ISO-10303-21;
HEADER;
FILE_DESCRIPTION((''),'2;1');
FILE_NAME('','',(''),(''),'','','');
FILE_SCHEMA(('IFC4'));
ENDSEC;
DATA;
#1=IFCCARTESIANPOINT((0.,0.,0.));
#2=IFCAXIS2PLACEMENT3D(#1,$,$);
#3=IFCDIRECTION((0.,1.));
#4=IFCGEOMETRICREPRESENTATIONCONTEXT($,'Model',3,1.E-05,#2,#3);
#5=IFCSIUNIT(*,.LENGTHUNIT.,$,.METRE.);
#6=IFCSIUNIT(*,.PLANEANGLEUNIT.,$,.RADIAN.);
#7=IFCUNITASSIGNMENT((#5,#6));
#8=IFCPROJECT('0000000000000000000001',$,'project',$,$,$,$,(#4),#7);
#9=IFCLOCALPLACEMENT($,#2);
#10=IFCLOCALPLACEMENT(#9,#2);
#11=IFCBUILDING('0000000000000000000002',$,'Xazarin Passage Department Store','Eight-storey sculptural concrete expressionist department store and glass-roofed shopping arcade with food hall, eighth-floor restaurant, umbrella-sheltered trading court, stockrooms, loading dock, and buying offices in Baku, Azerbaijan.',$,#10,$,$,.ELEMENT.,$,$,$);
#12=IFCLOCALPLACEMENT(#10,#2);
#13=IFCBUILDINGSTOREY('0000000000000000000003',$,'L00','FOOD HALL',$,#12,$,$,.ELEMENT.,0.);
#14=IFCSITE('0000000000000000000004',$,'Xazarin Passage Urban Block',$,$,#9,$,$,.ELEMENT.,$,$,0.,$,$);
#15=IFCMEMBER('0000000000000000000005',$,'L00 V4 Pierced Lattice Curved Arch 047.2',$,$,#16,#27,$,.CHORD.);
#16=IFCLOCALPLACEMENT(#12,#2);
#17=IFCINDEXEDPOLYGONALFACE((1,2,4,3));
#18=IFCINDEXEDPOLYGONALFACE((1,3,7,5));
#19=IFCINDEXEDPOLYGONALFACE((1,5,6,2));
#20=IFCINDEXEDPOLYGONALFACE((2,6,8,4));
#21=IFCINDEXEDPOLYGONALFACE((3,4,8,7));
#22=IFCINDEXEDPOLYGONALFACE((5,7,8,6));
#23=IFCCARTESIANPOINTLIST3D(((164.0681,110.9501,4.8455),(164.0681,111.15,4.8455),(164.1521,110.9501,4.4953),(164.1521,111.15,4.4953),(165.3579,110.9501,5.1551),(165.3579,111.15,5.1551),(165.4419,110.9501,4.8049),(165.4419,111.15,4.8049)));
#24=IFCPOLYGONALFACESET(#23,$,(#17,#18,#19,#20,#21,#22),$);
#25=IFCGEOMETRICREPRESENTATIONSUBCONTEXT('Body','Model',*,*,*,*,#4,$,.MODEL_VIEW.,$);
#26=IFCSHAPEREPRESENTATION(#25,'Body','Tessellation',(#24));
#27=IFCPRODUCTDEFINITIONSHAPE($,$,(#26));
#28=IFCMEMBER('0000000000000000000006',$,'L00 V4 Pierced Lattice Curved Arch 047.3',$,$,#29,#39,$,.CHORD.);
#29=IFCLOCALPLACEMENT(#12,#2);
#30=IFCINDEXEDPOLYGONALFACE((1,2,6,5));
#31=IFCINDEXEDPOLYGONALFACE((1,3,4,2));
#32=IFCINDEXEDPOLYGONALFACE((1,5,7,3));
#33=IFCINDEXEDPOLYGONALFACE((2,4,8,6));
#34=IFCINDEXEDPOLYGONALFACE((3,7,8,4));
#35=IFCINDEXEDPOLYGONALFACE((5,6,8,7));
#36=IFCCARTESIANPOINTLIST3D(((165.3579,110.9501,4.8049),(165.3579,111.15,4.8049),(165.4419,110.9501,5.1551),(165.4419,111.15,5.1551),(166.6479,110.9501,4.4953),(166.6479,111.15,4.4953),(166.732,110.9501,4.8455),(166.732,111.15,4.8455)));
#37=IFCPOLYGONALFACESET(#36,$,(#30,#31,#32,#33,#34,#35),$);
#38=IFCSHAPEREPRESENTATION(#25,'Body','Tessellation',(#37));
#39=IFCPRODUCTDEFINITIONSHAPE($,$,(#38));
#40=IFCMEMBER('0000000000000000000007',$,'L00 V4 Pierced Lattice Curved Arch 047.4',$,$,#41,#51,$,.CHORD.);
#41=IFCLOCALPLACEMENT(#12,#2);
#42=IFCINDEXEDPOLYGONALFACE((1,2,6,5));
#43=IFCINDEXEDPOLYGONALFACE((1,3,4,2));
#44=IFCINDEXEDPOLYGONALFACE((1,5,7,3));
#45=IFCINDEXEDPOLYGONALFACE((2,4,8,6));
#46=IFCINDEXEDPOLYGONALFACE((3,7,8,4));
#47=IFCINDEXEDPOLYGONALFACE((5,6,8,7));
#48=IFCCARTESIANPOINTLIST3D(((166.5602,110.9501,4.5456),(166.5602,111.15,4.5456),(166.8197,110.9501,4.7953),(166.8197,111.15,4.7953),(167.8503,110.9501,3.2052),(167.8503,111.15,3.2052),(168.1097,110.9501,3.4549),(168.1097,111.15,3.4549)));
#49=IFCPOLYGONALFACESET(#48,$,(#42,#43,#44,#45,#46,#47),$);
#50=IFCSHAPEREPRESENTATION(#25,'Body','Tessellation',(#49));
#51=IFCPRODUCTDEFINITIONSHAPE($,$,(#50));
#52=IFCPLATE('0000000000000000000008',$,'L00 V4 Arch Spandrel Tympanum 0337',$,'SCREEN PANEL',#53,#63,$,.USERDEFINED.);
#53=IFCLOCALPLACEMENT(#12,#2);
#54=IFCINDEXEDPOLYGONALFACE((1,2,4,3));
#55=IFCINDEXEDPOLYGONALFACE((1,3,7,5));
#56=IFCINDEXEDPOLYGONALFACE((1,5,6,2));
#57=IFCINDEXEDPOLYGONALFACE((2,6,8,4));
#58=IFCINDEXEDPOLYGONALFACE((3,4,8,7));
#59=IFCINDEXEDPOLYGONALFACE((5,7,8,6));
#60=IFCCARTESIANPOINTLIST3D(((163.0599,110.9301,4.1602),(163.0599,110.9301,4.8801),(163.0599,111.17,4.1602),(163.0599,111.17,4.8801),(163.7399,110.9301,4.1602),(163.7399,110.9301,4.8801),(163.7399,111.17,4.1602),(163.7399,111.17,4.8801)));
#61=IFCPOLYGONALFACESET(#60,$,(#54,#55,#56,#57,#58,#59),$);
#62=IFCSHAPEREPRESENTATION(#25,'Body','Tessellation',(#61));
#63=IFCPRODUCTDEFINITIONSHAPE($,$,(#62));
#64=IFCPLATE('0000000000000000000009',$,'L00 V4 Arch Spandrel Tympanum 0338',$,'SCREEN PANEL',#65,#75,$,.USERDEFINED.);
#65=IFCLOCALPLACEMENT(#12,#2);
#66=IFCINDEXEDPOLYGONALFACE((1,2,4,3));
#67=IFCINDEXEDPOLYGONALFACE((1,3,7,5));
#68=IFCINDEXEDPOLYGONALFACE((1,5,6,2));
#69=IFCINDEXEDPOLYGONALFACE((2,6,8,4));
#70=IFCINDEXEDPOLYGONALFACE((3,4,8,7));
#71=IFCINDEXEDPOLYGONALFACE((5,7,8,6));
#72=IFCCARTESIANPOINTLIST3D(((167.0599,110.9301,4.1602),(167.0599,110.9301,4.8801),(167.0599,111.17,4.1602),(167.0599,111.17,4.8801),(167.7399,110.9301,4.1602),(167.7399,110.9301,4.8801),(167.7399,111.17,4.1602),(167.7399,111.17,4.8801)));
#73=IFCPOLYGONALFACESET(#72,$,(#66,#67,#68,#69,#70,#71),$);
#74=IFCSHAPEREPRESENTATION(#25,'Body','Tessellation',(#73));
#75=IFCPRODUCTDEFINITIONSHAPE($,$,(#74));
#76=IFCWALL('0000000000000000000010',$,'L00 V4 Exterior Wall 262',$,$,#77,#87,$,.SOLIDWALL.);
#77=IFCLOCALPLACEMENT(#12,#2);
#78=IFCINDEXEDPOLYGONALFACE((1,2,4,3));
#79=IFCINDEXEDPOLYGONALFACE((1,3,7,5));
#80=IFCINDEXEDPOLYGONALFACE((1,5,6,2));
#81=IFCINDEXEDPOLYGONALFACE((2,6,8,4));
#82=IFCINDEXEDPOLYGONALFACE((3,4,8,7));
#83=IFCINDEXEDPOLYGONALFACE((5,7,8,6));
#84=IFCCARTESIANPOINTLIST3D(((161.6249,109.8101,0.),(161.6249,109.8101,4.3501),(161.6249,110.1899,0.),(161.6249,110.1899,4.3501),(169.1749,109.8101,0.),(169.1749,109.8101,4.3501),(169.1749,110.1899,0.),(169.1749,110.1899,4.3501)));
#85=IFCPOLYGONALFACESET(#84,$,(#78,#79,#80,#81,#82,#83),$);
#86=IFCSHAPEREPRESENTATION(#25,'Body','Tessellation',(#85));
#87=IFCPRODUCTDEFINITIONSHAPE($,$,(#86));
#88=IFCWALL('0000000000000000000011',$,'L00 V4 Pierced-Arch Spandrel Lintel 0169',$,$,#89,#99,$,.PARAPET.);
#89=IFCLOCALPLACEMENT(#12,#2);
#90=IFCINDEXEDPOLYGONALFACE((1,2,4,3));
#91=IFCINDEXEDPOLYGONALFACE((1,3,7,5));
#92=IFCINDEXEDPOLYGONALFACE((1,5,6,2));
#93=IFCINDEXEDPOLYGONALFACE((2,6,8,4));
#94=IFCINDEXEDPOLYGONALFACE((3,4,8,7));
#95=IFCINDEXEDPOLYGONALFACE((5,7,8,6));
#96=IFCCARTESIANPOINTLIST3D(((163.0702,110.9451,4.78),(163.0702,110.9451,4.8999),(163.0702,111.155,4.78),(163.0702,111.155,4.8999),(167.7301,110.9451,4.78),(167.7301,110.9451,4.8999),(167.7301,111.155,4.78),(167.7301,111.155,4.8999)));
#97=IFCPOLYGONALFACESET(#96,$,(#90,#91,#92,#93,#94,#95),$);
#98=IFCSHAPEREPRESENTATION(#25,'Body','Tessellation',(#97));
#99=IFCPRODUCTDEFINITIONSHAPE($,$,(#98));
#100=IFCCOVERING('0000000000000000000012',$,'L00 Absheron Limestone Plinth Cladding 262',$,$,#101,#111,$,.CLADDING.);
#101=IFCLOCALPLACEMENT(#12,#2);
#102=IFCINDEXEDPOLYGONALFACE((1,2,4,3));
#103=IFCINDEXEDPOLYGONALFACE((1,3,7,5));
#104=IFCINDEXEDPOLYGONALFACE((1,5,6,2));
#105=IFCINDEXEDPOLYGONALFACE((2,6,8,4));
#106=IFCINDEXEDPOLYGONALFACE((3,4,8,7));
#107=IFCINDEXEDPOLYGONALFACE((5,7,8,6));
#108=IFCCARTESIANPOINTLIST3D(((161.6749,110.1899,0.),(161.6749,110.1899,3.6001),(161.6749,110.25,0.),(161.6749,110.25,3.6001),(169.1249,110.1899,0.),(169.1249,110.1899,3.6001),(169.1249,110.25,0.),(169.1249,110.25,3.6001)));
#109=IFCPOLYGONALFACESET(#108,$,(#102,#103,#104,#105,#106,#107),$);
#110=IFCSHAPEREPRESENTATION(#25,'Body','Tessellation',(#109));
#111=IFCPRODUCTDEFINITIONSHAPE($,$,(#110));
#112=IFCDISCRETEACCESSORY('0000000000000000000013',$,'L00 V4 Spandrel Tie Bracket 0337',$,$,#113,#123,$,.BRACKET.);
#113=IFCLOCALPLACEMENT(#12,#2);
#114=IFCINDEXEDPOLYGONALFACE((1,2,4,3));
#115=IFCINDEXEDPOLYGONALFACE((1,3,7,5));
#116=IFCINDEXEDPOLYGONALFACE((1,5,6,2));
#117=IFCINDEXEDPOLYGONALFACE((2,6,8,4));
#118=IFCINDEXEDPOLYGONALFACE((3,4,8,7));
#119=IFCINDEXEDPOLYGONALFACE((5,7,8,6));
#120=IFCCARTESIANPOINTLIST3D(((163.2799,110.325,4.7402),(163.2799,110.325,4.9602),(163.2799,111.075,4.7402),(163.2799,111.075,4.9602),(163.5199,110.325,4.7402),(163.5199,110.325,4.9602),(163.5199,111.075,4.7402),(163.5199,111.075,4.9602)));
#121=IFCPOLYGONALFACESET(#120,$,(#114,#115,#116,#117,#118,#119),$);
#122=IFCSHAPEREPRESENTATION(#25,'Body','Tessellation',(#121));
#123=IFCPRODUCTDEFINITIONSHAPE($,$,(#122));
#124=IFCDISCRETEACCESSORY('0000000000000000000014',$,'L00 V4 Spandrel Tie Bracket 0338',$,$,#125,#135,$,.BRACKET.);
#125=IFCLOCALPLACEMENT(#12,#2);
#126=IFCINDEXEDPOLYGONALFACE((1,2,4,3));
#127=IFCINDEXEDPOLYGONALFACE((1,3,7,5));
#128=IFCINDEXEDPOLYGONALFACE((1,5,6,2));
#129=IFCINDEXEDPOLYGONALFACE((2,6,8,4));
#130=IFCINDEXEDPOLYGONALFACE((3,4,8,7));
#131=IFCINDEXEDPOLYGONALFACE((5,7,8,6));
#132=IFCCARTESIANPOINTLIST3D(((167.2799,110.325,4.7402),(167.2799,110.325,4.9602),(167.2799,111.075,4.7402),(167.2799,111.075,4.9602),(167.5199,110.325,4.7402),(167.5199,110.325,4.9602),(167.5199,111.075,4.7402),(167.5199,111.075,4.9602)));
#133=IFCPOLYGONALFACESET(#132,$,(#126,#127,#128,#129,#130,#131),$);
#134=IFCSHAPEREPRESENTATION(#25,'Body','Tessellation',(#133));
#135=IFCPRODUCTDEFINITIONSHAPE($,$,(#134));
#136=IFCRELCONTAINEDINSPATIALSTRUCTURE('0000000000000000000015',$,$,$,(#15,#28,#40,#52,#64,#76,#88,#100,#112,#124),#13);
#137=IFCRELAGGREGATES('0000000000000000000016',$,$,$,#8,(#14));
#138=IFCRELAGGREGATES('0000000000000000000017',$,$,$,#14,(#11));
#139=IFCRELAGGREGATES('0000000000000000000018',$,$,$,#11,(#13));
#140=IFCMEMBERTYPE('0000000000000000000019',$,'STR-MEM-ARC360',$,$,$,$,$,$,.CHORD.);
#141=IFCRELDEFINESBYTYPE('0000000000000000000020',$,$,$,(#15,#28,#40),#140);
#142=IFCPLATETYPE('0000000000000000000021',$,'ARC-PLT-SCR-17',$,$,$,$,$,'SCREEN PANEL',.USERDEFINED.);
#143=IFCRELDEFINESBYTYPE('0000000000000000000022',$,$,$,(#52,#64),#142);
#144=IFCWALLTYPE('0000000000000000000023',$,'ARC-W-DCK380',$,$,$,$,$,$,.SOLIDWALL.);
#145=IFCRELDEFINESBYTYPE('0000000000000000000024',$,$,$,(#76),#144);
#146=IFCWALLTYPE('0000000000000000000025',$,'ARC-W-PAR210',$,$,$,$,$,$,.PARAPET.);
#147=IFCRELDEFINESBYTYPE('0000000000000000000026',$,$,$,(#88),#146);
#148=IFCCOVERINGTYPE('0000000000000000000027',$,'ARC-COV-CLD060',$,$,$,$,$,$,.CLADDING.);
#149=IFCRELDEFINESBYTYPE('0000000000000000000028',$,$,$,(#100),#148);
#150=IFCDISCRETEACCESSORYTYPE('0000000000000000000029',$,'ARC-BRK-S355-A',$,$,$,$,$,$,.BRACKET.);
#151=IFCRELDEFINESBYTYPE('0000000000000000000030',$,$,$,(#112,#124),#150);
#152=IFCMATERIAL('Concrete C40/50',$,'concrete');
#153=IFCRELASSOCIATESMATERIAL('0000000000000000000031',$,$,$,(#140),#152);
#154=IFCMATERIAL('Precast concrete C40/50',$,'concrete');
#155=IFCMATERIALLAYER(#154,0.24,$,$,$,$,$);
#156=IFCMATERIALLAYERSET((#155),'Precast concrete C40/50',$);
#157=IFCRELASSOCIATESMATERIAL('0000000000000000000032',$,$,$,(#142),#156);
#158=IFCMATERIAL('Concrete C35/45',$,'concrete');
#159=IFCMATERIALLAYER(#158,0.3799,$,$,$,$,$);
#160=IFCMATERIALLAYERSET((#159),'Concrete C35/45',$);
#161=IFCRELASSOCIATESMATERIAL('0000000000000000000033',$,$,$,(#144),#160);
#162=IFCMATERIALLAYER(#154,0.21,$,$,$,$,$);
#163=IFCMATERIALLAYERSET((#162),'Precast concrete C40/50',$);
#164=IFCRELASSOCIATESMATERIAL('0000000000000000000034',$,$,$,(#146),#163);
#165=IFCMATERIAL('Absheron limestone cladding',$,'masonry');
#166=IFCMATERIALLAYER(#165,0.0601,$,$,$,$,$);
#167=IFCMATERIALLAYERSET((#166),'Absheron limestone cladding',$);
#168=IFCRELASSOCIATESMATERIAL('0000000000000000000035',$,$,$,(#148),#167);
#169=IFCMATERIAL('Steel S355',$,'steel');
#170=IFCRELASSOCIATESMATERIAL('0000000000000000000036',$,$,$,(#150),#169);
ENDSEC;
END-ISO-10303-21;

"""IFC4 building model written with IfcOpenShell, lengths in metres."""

from ifc_helpers import new_model, si_unit, direction, frame, frame_2d, origin, origin_2d, place, context, subcontext, project, spatial, rectangle, extrude, material, layer, layer_set, material_profile, profile_set, type_object, element, save


model = new_model("IFC4")

# Units and contexts
model_context = context("Model", 3, precision=1e-05, world=origin(), true_north=direction((0.0, 1.0)))
body_context = subcontext(model_context, "Body", "Model", "MODEL_VIEW")
ifc_project = project(units=[si_unit("LENGTHUNIT", "METRE"), si_unit("PLANEANGLEUNIT", "RADIAN")], contexts=[model_context])

# Site, building, storey
site_placement = place(None, origin())
site = spatial("IfcSite", under=ifc_project, at=site_placement, Name="Xazarin Passage Urban Block", CompositionType="ELEMENT", RefElevation=0.0)
building_placement = place(site_placement, origin())
building = spatial("IfcBuilding", under=site, at=building_placement, Name="Xazarin Passage Department Store", Description="Eight-storey sculptural concrete expressionist department store and glass-roofed shopping arcade with food hall, eighth-floor restaurant, umbrella-sheltered trading court, stockrooms, loading dock, and buying offices in Baku, Azerbaijan.", CompositionType="ELEMENT")
storey_placement = place(building_placement, origin())
storey = spatial("IfcBuildingStorey", under=building, at=storey_placement, Name="L00", Description="FOOD HALL", CompositionType="ELEMENT", Elevation=0.0)

# Shared definitions
ifc_material_1 = material(Name="Concrete C35/45", Category="concrete")

# Shared definitions
ifc_material_2 = material(Name="Concrete C40/50", Category="concrete")

# Members
ifc_material_profile_1 = material_profile(ifc_material_2, rectangle(XDim=0.2, YDim=0.3601, at=origin_2d()), Name="RC 200x360")
ifc_profile_set_1 = profile_set([ifc_material_profile_1], Name="Concrete C40/50")
member_type = type_object("IfcMemberType", Name="STR-MEM-ARC360", PredefinedType="CHORD", material=ifc_profile_set_1)
member_1_placement = place(storey_placement, frame((164.1101, 111.05, 4.6704), z_axis=(0.972384, 0.0, 0.233387), x_axis=(0.0, 1.0, 0.0)))
element("IfcMember", 1, at=member_1_placement, inside=storey, type_object=member_type, Name="L00 V4 Pierced Lattice Curved Arch 047.2", PredefinedType="CHORD", context=body_context, shape_type="SweptSolid", body=[
    extrude(rectangle(XDim=0.2, YDim=0.3601, at=origin_2d()), origin(), (0.0, 0.0, 1.0), 1.3264),
])
member_2_placement = place(storey_placement, frame((165.3999, 111.05, 4.98), z_axis=(0.972394, 0.0, -0.233345), x_axis=(0.0, 1.0, 0.0)))
element("IfcMember", 2, at=member_2_placement, inside=storey, type_object=member_type, Name="L00 V4 Pierced Lattice Curved Arch 047.3", PredefinedType="CHORD", context=body_context, shape_type="SweptSolid", body=[
    extrude(rectangle(XDim=0.2, YDim=0.3601, at=origin_2d()), origin(), (0.0, 0.0, 1.0), 1.3267),
])
member_3_placement = place(storey_placement, frame((166.6899, 111.05, 4.6704), z_axis=(0.69346, 0.0, -0.720495), x_axis=(0.0, 1.0, 0.0)))
element("IfcMember", 3, at=member_3_placement, inside=storey, type_object=member_type, Name="L00 V4 Pierced Lattice Curved Arch 047.4", PredefinedType="CHORD", context=body_context, shape_type="SweptSolid", body=[
    extrude(rectangle(XDim=0.2, YDim=0.3601, at=origin_2d()), origin(), (0.0, 0.0, 1.0), 1.8604),
])

# Plates
ifc_material_3 = material(Name="Precast concrete C40/50", Category="concrete")
ifc_layer_1 = layer(ifc_material_3, 0.24)
ifc_layer_set_1 = layer_set([ifc_layer_1], Name="Precast concrete C40/50")
plate_type = type_object("IfcPlateType", Name="ARC-PLT-SCR-17", ElementType="SCREEN PANEL", PredefinedType="USERDEFINED", material=ifc_layer_set_1)
for number, where, z_axis, x_axis, name in (
    (4, (163.3999, 111.05, 4.1602), (0.0, 0.0, 1.0), (1.0, 0.0, 0.0), "L00 V4 Arch Spandrel Tympanum 0337"),
    (5, (167.3999, 111.05, 4.1602), (0.0, 0.0, 1.0), (1.0, 0.0, 0.0), "L00 V4 Arch Spandrel Tympanum 0338"),
):
    element("IfcPlate", number, at=place(storey_placement, frame(where, z_axis=z_axis, x_axis=x_axis)), inside=storey, type_object=plate_type, Name=name, ObjectType="SCREEN PANEL", PredefinedType="USERDEFINED", context=body_context, shape_type="SweptSolid", body=[
        extrude(rectangle(XDim=0.6799, YDim=0.24, at=origin_2d()), origin(), (0.0, 0.0, 1.0), 0.72),
    ])

# Walls
ifc_layer_2 = layer(ifc_material_1, 0.3799)
ifc_layer_set_2 = layer_set([ifc_layer_2], Name="Concrete C35/45")
wall_type_1 = type_object("IfcWallType", Name="ARC-W-DCK380", PredefinedType="SOLIDWALL", material=ifc_layer_set_2)
wall_1_placement = place(storey_placement, frame((161.625, 110.0, 0.0), z_axis=(0.0, 0.0, 1.0), x_axis=(1.0, 0.0, 0.0)))
element("IfcWall", 6, at=wall_1_placement, inside=storey, type_object=wall_type_1, Name="L00 V4 Exterior Wall 262", PredefinedType="SOLIDWALL", context=body_context, shape_type="SweptSolid", body=[
    extrude(rectangle(XDim=7.55, YDim=0.3799, at=frame_2d((3.7749, 0.0))), origin(), (0.0, 0.0, 1.0), 4.3501),
])
ifc_layer_3 = layer(ifc_material_3, 0.21)
ifc_layer_set_3 = layer_set([ifc_layer_3], Name="Precast concrete C40/50")
wall_type_2 = type_object("IfcWallType", Name="ARC-W-PAR210", PredefinedType="PARAPET", material=ifc_layer_set_3)
wall_2_placement = place(storey_placement, frame((163.0701, 111.05, 4.78), z_axis=(0.0, 0.0, 1.0), x_axis=(1.0, 0.0, 0.0)))
element("IfcWall", 7, at=wall_2_placement, inside=storey, type_object=wall_type_2, Name="L00 V4 Pierced-Arch Spandrel Lintel 0169", PredefinedType="PARAPET", context=body_context, shape_type="SweptSolid", body=[
    extrude(rectangle(XDim=4.6599, YDim=0.21, at=frame_2d((2.3301, 0.0))), origin(), (0.0, 0.0, 1.0), 0.1199),
])

# Covering
ifc_material_4 = material(Name="Absheron limestone cladding", Category="masonry")
ifc_layer_4 = layer(ifc_material_4, 0.0601)
ifc_layer_set_4 = layer_set([ifc_layer_4], Name="Absheron limestone cladding")
covering_type = type_object("IfcCoveringType", Name="ARC-COV-CLD060", PredefinedType="CLADDING", material=ifc_layer_set_4)
covering_placement = place(storey_placement, frame((165.3999, 110.22, 0.0), z_axis=(0.0, 0.0, 1.0), x_axis=(1.0, 0.0, 0.0)))
element("IfcCovering", 8, at=covering_placement, inside=storey, type_object=covering_type, Name="L00 Absheron Limestone Plinth Cladding 262", PredefinedType="CLADDING", context=body_context, shape_type="SweptSolid", body=[
    extrude(rectangle(XDim=7.45, YDim=0.0601, at=origin_2d()), origin(), (0.0, 0.0, 1.0), 3.6001),
])

# Discrete accessories
ifc_material_5 = material(Name="Steel S355", Category="steel")
discrete_accessory_type = type_object("IfcDiscreteAccessoryType", Name="ARC-BRK-S355-A", PredefinedType="BRACKET", material=ifc_material_5)
for number, where, z_axis, x_axis, name in (
    (9, (163.3999, 110.7, 4.7402), (0.0, 0.0, 1.0), (1.0, 0.0, 0.0), "L00 V4 Spandrel Tie Bracket 0337"),
    (10, (167.3999, 110.7, 4.7402), (0.0, 0.0, 1.0), (1.0, 0.0, 0.0), "L00 V4 Spandrel Tie Bracket 0338"),
):
    element("IfcDiscreteAccessory", number, at=place(storey_placement, frame(where, z_axis=z_axis, x_axis=x_axis)), inside=storey, type_object=discrete_accessory_type, Name=name, PredefinedType="BRACKET", context=body_context, shape_type="SweptSolid", body=[
        extrude(rectangle(XDim=0.24, YDim=0.75, at=origin_2d()), origin(), (0.0, 0.0, 1.0), 0.22),
    ])

save(model, "model.ifc")
